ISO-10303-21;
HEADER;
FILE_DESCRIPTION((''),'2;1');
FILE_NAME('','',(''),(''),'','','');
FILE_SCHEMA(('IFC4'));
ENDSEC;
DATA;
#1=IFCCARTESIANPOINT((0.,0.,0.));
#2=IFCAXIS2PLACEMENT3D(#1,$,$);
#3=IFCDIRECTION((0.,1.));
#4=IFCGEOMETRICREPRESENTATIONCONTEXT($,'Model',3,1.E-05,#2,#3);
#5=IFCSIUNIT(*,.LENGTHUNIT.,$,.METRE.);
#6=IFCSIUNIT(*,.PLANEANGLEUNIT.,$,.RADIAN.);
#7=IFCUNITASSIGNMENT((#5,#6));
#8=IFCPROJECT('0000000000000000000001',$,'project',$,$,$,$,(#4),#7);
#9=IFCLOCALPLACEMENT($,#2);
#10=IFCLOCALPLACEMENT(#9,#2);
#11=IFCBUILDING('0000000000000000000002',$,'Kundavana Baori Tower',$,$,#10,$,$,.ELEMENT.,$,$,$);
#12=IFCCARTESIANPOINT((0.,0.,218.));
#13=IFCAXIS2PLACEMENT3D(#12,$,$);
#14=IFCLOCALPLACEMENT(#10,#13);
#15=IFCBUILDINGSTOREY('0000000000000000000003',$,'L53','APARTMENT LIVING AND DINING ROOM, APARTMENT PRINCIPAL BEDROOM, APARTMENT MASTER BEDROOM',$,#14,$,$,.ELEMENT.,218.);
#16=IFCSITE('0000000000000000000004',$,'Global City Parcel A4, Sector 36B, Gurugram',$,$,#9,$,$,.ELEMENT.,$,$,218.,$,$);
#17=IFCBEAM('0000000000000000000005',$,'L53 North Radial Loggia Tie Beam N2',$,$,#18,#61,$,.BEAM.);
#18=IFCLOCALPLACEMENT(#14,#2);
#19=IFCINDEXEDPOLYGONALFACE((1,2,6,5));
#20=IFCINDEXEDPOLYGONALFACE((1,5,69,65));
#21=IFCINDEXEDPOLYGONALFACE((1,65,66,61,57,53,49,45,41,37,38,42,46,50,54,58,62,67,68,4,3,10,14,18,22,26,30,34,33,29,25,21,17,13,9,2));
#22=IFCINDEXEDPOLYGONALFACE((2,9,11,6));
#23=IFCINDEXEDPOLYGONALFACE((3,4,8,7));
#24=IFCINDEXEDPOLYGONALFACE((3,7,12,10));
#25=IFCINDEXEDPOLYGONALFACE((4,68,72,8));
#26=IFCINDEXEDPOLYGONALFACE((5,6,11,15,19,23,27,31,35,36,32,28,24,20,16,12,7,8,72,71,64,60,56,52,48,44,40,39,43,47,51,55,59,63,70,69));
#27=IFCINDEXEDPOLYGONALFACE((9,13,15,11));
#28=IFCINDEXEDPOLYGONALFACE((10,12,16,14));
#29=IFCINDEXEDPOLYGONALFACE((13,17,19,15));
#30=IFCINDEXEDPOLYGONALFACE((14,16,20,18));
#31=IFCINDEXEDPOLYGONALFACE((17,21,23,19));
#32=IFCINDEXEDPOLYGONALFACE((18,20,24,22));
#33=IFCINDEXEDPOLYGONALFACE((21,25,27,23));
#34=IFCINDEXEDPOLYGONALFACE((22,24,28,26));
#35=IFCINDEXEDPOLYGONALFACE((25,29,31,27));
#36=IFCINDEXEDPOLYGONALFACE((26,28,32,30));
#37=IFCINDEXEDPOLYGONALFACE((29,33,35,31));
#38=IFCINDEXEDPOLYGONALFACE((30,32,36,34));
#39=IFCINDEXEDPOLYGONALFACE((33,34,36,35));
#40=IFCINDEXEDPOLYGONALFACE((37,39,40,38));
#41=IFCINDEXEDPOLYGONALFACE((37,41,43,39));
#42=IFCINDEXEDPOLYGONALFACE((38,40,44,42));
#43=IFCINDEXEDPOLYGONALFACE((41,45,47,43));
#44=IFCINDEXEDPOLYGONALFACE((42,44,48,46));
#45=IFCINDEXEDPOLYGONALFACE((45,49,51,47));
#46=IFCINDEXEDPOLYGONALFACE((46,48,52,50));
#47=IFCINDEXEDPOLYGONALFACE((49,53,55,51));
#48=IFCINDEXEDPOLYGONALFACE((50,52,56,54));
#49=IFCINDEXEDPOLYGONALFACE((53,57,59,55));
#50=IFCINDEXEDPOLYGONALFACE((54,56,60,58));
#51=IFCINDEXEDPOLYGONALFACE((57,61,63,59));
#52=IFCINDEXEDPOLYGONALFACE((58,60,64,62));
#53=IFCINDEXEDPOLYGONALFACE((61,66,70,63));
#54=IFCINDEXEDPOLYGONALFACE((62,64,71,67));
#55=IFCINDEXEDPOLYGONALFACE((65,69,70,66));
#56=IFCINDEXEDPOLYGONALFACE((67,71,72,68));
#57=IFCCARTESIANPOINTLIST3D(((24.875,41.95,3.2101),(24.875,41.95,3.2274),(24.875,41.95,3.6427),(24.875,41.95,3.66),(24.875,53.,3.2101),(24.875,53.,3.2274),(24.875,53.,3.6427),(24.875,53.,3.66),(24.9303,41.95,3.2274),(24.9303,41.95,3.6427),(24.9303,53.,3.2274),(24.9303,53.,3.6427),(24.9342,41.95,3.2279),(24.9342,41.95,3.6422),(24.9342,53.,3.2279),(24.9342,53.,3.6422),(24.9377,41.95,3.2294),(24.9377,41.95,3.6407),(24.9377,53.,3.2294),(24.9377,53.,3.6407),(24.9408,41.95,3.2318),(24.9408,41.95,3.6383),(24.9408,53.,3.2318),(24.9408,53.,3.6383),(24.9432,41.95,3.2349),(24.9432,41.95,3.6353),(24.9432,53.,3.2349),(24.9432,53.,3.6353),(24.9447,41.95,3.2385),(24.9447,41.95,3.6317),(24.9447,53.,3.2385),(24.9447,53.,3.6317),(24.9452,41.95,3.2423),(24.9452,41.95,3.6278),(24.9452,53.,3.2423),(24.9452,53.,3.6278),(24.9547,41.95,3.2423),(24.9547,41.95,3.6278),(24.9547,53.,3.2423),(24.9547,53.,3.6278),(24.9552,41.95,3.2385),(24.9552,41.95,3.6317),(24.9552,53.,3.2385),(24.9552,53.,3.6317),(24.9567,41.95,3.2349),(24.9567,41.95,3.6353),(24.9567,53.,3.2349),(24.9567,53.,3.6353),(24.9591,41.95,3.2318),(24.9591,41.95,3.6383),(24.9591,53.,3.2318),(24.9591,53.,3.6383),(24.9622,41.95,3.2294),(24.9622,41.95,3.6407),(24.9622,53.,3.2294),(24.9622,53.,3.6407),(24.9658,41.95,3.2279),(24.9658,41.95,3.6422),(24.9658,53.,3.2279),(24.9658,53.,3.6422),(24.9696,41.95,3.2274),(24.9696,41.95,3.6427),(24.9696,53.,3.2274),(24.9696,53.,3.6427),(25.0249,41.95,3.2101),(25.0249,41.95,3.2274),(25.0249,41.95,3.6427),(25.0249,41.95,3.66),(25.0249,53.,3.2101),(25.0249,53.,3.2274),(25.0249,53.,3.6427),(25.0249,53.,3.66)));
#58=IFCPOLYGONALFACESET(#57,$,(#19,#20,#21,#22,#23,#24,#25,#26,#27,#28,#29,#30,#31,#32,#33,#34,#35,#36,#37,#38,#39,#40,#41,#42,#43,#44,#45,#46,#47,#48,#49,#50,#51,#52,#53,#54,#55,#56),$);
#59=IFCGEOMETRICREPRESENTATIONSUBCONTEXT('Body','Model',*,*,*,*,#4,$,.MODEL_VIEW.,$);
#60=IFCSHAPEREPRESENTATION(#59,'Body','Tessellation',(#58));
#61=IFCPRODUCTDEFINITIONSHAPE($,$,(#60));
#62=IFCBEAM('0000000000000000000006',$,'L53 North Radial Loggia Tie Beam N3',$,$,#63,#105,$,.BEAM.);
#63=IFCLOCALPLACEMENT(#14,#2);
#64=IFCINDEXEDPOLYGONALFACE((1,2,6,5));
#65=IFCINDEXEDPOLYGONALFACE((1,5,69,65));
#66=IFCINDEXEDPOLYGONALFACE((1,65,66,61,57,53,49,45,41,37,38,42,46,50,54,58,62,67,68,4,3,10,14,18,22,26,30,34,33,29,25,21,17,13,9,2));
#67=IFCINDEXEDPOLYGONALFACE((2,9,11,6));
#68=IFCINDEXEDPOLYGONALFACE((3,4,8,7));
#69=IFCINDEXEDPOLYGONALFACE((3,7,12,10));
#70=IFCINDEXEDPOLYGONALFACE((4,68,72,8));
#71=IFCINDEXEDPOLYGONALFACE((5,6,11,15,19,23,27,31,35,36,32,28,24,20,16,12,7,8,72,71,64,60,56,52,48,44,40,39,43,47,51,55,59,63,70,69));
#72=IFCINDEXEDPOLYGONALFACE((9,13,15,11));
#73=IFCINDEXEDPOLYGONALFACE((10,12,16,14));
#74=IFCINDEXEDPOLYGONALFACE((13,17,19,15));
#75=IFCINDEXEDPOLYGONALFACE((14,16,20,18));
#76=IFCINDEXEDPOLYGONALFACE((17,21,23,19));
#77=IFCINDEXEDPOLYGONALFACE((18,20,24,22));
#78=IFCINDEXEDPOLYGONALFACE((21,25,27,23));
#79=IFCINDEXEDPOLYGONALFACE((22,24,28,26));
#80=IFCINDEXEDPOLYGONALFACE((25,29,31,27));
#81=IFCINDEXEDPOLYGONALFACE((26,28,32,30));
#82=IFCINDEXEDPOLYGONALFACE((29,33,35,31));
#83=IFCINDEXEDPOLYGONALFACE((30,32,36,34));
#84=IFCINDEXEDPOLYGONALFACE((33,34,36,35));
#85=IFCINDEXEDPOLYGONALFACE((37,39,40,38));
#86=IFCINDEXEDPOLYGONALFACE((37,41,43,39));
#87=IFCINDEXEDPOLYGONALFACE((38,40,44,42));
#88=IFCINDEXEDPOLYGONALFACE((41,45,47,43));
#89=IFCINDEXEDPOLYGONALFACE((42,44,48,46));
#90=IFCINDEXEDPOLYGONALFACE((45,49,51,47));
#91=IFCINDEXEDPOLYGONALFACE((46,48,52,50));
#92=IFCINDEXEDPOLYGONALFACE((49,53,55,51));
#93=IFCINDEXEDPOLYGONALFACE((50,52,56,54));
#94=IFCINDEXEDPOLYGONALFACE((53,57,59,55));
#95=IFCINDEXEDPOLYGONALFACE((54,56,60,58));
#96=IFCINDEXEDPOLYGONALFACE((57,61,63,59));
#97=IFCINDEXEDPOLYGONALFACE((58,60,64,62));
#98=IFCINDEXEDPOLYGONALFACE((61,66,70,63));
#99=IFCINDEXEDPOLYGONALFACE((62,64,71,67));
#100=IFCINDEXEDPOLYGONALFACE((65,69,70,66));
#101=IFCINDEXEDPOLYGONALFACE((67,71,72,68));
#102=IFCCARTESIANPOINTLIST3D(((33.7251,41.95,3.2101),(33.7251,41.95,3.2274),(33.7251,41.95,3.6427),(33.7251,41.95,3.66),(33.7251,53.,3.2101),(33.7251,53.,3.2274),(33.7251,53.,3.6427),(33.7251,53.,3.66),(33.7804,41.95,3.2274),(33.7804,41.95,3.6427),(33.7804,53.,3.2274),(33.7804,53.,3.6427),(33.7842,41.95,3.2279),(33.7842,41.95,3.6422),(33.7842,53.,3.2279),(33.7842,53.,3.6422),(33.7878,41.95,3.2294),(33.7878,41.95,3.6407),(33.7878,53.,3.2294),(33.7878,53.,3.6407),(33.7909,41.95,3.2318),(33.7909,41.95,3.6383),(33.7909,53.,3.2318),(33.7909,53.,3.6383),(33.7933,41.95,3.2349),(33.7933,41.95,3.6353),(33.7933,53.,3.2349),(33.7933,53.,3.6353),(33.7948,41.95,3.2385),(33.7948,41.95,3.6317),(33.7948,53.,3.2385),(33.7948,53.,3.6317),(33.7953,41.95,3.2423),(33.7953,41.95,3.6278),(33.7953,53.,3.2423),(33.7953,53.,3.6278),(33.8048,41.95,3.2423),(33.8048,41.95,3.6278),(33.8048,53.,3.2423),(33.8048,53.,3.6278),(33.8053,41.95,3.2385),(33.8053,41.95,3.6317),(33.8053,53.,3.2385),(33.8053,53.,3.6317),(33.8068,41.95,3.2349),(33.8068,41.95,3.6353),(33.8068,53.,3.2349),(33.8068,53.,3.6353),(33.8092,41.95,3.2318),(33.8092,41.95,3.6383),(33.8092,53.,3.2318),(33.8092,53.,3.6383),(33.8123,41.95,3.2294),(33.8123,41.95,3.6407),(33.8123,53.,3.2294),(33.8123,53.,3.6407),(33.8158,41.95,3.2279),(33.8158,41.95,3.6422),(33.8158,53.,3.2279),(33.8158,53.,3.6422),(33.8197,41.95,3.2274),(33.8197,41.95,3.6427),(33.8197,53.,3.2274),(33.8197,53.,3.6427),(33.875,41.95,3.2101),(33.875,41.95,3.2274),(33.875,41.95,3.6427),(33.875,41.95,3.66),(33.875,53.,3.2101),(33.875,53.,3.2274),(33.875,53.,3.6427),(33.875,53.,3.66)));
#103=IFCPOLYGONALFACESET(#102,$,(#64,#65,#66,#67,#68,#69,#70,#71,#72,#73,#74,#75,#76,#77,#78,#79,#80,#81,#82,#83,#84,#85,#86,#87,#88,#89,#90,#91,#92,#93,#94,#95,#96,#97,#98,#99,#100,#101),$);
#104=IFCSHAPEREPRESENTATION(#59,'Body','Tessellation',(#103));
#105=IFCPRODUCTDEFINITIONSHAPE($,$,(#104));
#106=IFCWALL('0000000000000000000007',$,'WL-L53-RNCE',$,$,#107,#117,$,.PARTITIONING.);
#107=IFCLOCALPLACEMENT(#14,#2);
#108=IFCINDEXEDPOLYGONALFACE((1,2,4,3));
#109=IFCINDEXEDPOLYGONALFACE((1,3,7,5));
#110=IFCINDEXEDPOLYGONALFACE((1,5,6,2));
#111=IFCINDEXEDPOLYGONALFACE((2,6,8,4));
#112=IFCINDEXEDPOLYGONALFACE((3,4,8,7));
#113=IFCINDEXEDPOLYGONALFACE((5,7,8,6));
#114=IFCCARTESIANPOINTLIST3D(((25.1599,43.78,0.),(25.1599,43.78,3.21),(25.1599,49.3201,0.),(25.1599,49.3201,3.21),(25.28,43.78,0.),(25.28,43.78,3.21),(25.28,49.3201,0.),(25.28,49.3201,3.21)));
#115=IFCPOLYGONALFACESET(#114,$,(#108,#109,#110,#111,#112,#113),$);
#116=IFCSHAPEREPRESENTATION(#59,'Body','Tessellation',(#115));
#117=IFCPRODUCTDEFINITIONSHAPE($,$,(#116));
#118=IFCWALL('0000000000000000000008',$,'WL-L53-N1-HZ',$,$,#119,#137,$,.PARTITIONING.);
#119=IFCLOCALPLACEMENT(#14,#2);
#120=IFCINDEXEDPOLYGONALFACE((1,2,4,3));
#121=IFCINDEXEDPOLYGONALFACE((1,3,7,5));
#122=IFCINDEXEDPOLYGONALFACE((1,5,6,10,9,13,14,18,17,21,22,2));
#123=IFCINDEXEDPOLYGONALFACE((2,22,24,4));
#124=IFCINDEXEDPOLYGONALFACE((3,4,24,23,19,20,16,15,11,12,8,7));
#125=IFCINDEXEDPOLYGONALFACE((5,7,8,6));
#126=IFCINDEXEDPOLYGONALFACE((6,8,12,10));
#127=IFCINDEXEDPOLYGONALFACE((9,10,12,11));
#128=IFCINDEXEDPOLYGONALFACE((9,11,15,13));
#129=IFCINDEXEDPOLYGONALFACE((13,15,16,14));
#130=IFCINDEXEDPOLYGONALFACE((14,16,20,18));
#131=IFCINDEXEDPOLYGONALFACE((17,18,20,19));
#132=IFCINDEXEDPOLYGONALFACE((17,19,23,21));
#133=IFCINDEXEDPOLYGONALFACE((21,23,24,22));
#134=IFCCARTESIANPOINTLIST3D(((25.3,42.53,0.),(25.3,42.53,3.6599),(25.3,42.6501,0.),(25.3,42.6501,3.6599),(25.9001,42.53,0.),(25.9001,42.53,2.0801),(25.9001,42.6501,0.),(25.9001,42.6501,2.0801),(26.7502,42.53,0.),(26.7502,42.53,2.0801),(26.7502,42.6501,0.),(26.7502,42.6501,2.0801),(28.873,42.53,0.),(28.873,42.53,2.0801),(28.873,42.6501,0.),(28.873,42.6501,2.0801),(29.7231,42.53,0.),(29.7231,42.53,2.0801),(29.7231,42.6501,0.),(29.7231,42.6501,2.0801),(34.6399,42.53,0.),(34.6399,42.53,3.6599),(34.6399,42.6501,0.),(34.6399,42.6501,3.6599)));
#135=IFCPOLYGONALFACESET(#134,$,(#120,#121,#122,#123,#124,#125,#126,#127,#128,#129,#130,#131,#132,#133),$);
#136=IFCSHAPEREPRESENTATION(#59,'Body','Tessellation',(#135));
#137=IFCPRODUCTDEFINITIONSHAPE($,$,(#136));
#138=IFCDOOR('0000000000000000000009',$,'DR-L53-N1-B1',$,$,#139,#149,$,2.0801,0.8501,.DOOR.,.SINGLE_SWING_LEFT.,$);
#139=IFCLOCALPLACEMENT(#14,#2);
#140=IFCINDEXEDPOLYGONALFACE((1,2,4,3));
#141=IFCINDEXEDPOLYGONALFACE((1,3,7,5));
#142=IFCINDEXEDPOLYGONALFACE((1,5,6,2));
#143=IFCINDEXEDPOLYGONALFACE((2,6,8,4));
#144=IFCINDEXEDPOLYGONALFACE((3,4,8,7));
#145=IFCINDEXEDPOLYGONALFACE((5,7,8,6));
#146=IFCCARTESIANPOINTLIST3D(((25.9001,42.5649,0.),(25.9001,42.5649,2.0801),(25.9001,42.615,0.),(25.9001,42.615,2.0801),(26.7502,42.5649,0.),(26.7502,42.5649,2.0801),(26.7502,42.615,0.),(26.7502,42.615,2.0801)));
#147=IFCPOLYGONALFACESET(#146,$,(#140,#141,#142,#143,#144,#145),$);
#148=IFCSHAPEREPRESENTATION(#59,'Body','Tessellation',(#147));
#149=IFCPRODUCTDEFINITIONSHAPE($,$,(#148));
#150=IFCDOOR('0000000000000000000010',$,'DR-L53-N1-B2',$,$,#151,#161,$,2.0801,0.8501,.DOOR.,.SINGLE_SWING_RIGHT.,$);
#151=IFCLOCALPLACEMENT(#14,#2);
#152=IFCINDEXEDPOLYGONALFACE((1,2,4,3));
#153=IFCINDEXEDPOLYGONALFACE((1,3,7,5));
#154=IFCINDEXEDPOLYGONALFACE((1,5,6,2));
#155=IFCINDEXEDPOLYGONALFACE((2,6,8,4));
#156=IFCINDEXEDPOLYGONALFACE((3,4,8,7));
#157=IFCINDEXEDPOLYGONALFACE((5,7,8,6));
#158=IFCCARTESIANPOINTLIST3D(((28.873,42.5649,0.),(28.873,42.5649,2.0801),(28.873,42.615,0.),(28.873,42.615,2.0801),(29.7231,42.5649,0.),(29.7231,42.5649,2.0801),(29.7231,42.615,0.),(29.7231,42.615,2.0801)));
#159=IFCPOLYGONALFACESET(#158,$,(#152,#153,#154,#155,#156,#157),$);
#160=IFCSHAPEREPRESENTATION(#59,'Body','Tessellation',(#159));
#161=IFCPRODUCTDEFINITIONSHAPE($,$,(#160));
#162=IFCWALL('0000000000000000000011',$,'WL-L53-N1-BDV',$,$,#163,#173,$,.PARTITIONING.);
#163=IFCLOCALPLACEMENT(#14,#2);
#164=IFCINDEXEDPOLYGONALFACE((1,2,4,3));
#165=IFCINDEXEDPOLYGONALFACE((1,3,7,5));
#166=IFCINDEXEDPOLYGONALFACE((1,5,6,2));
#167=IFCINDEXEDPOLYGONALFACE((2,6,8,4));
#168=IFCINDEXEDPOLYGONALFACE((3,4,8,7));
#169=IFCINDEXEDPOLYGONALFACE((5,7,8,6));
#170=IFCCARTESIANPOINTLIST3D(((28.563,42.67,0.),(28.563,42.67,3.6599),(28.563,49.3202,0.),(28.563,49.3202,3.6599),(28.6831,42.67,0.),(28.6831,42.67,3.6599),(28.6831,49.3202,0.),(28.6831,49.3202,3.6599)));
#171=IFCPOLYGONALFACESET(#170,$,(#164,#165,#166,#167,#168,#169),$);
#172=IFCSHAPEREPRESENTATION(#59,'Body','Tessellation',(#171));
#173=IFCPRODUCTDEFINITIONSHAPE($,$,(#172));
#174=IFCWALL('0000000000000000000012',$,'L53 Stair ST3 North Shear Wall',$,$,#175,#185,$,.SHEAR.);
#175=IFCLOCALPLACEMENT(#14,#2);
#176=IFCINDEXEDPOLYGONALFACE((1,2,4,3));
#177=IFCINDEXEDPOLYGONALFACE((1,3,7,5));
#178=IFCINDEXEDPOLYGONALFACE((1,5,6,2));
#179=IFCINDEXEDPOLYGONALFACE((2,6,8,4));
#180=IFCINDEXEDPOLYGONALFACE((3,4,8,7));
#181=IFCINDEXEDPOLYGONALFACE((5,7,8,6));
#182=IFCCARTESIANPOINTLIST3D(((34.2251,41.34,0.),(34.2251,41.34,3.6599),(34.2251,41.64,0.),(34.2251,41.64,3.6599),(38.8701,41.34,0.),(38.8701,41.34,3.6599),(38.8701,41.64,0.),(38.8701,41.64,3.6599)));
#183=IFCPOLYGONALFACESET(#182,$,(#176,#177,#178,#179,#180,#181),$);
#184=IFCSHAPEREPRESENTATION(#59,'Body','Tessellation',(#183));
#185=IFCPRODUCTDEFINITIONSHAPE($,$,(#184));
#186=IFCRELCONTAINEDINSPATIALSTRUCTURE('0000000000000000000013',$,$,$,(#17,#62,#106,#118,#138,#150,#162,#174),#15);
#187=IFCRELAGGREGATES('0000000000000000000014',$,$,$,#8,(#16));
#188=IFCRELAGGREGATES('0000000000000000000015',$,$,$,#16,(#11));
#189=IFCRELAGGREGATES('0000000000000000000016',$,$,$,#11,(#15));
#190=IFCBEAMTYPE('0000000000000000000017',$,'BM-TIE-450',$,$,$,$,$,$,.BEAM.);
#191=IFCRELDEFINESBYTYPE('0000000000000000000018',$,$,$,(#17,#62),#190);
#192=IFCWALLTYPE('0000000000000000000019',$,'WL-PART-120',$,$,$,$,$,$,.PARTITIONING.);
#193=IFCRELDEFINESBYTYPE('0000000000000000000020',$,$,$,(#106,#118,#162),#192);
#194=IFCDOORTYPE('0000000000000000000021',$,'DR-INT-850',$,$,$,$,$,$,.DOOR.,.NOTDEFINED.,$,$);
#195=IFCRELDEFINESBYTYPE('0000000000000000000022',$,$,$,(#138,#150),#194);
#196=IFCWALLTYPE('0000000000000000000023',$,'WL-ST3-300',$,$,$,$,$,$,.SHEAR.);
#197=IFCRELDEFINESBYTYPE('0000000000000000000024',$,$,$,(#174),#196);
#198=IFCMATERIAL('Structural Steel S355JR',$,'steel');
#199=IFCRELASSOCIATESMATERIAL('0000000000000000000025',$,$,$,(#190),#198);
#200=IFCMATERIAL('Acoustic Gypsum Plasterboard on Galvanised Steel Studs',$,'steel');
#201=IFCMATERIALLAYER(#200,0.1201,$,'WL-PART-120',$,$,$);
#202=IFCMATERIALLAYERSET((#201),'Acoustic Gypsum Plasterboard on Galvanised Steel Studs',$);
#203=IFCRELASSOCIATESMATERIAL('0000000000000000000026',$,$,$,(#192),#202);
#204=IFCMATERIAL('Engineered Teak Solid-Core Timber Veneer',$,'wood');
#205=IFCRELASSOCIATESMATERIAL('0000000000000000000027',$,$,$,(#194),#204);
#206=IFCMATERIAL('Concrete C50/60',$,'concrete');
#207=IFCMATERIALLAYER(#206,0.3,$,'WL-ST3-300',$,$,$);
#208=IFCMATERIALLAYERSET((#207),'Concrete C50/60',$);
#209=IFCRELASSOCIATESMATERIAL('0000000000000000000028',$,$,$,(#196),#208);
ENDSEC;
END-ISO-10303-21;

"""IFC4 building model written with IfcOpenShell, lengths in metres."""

from ifc_helpers import new_model, si_unit, direction, frame, frame_2d, origin, origin_2d, place, context, subcontext, project, spatial, rectangle, i_section, extrude, material, layer, layer_set, material_profile, profile_set, type_object, element, fill, save


model = new_model("IFC4")

# Units and contexts
model_context = context("Model", 3, precision=1e-05, world=origin(), true_north=direction((0.0, 1.0)))
body_context = subcontext(model_context, "Body", "Model", "MODEL_VIEW")
ifc_project = project(units=[si_unit("LENGTHUNIT", "METRE"), si_unit("PLANEANGLEUNIT", "RADIAN")], contexts=[model_context])

# Site, building, storey
site_placement = place(None, origin())
site = spatial("IfcSite", under=ifc_project, at=site_placement, Name="Global City Parcel A4, Sector 36B, Gurugram", CompositionType="ELEMENT", RefElevation=218.0)
building_placement = place(site_placement, origin())
building = spatial("IfcBuilding", under=site, at=building_placement, Name="Kundavana Baori Tower", CompositionType="ELEMENT")
storey_placement = place(building_placement, frame((0.0, 0.0, 218.0)))
storey = spatial("IfcBuildingStorey", under=building, at=storey_placement, Name="L53", Description="APARTMENT LIVING AND DINING ROOM, APARTMENT PRINCIPAL BEDROOM, APARTMENT MASTER BEDROOM", CompositionType="ELEMENT", Elevation=218.0)

# Beams
ifc_material_1 = material(Name="Structural Steel S355JR", Category="steel")
ifc_material_profile_1 = material_profile(ifc_material_1, i_section(OverallWidth=0.1499, OverallDepth=0.45, WebThickness=0.0095, FlangeThickness=0.0173, FilletRadius=0.0149, at=origin_2d()), Name="ISMB 450")
ifc_profile_set_1 = profile_set([ifc_material_profile_1], Name="Structural Steel S355JR")
beam_type_1 = type_object("IfcBeamType", Name="BM-TIE-450", PredefinedType="BEAM", material=ifc_profile_set_1)
for number, where, z_axis, x_axis, name in (
    (1, (24.95, 41.95, 3.4351), (0.0, 1.0, 0.0), (-1.0, 0.0, 0.0), "L53 North Radial Loggia Tie Beam N2"),
    (2, (33.8, 41.95, 3.4351), (0.0, 1.0, 0.0), (-1.0, 0.0, 0.0), "L53 North Radial Loggia Tie Beam N3"),
):
    element("IfcBeam", number, at=place(storey_placement, frame(where, z_axis=z_axis, x_axis=x_axis)), inside=storey, type_object=beam_type_1, Name=name, PredefinedType="BEAM", context=body_context, shape_type="SweptSolid", body=[
        extrude(i_section(OverallWidth=0.1499, OverallDepth=0.45, WebThickness=0.0095, FlangeThickness=0.0173, FilletRadius=0.0149, at=origin_2d()), origin(), (0.0, 0.0, 1.0), 11.05),
    ])

# Wall
ifc_material_2 = material(Name="Acoustic Gypsum Plasterboard on Galvanised Steel Studs", Category="steel")
ifc_layer_1 = layer(ifc_material_2, 0.1201, Name="WL-PART-120")
ifc_layer_set_1 = layer_set([ifc_layer_1], Name="Acoustic Gypsum Plasterboard on Galvanised Steel Studs")
wall_type_1 = type_object("IfcWallType", Name="WL-PART-120", PredefinedType="PARTITIONING", material=ifc_layer_set_1)
wall_1_placement = place(storey_placement, frame((25.22, 43.78, 0.0), z_axis=(0.0, 0.0, 1.0), x_axis=(0.0, 1.0, 0.0)))
element("IfcWall", 3, at=wall_1_placement, inside=storey, type_object=wall_type_1, Name="WL-L53-RNCE", PredefinedType="PARTITIONING", context=body_context, shape_type="SweptSolid", body=[
    extrude(rectangle(XDim=5.54, YDim=0.1201, at=frame_2d((2.77, 0.0))), origin(), (0.0, 0.0, 1.0), 3.21),
])

# Wall, openings, doors
wall_2_placement = place(storey_placement, frame((25.3, 42.5901, 0.0), z_axis=(0.0, 0.0, 1.0), x_axis=(1.0, 0.0, 0.0)))
wall_2 = element("IfcWall", 4, at=wall_2_placement, inside=storey, type_object=wall_type_1, Name="WL-L53-N1-HZ", PredefinedType="PARTITIONING", context=body_context, shape_type="SweptSolid", body=[
    extrude(rectangle(XDim=9.3398, YDim=0.1201, at=frame_2d((4.6699, 0.0))), origin(), (0.0, 0.0, 1.0), 3.6599),
])
opening_1_placement = place(wall_2_placement, frame((0.6001, 0.0, 0.0)))
opening_1 = element("IfcOpeningElement", 5, at=opening_1_placement, cuts=wall_2, PredefinedType="OPENING", context=body_context, shape_type="SweptSolid", body=[
    extrude(rectangle(XDim=0.8501, YDim=2.0801, at=frame_2d((0.425, 1.04))), frame((0.0, 0.0701, 0.0), z_axis=(0.0, -1.0, 0.0), x_axis=(1.0, 0.0, 0.0)), (0.0, 0.0, 1.0), 0.1401),
])
opening_2_placement = place(wall_2_placement, frame((3.573, 0.0, 0.0)))
opening_2 = element("IfcOpeningElement", 6, at=opening_2_placement, cuts=wall_2, PredefinedType="OPENING", context=body_context, shape_type="SweptSolid", body=[
    extrude(rectangle(XDim=0.8501, YDim=2.0801, at=frame_2d((0.425, 1.04))), frame((0.0, 0.0701, 0.0), z_axis=(0.0, -1.0, 0.0), x_axis=(1.0, 0.0, 0.0)), (0.0, 0.0, 1.0), 0.1401),
])
ifc_material_3 = material(Name="Engineered Teak Solid-Core Timber Veneer", Category="wood")
door_type = type_object("IfcDoorType", Name="DR-INT-850", OperationType="NOTDEFINED", PredefinedType="DOOR", material=ifc_material_3)
door_1_placement = place(opening_1_placement, origin())
door_1 = element("IfcDoor", 7, at=door_1_placement, inside=storey, type_object=door_type, Name="DR-L53-N1-B1", OperationType="SINGLE_SWING_LEFT", OverallHeight=2.0801, OverallWidth=0.8501, PredefinedType="DOOR", context=body_context, shape_type="SweptSolid", body=[
    extrude(rectangle(XDim=0.8501, YDim=2.0801, at=frame_2d((0.425, 1.04))), frame((0.0, 0.0249, 0.0), z_axis=(0.0, -1.0, 0.0), x_axis=(1.0, 0.0, 0.0)), (0.0, 0.0, 1.0), 0.05),
])
fill(opening_1, door_1)
door_2_placement = place(opening_2_placement, origin())
door_2 = element("IfcDoor", 8, at=door_2_placement, inside=storey, type_object=door_type, Name="DR-L53-N1-B2", OperationType="SINGLE_SWING_RIGHT", OverallHeight=2.0801, OverallWidth=0.8501, PredefinedType="DOOR", context=body_context, shape_type="SweptSolid", body=[
    extrude(rectangle(XDim=0.8501, YDim=2.0801, at=frame_2d((0.425, 1.04))), frame((0.0, 0.0249, 0.0), z_axis=(0.0, -1.0, 0.0), x_axis=(1.0, 0.0, 0.0)), (0.0, 0.0, 1.0), 0.05),
])
fill(opening_2, door_2)

# Walls
wall_3_placement = place(storey_placement, frame((28.623, 42.6699, 0.0), z_axis=(0.0, 0.0, 1.0), x_axis=(0.0, 1.0, 0.0)))
element("IfcWall", 9, at=wall_3_placement, inside=storey, type_object=wall_type_1, Name="WL-L53-N1-BDV", PredefinedType="PARTITIONING", context=body_context, shape_type="SweptSolid", body=[
    extrude(rectangle(XDim=6.6501, YDim=0.1201, at=frame_2d((3.3252, 0.0))), origin(), (0.0, 0.0, 1.0), 3.6599),
])
ifc_material_4 = material(Name="Concrete C50/60", Category="concrete")
ifc_layer_2 = layer(ifc_material_4, 0.3, Name="WL-ST3-300")
ifc_layer_set_2 = layer_set([ifc_layer_2], Name="Concrete C50/60")
wall_type_2 = type_object("IfcWallType", Name="WL-ST3-300", PredefinedType="SHEAR", material=ifc_layer_set_2)
wall_4_placement = place(storey_placement, frame((34.2251, 41.49, 0.0), z_axis=(0.0, 0.0, 1.0), x_axis=(1.0, 0.0, 0.0)))
element("IfcWall", 10, at=wall_4_placement, inside=storey, type_object=wall_type_2, Name="L53 Stair ST3 North Shear Wall", PredefinedType="SHEAR", context=body_context, shape_type="SweptSolid", body=[
    extrude(rectangle(XDim=4.645, YDim=0.3, at=frame_2d((2.3225, 0.0))), origin(), (0.0, 0.0, 1.0), 3.6599),
])

save(model, "model.ifc")
